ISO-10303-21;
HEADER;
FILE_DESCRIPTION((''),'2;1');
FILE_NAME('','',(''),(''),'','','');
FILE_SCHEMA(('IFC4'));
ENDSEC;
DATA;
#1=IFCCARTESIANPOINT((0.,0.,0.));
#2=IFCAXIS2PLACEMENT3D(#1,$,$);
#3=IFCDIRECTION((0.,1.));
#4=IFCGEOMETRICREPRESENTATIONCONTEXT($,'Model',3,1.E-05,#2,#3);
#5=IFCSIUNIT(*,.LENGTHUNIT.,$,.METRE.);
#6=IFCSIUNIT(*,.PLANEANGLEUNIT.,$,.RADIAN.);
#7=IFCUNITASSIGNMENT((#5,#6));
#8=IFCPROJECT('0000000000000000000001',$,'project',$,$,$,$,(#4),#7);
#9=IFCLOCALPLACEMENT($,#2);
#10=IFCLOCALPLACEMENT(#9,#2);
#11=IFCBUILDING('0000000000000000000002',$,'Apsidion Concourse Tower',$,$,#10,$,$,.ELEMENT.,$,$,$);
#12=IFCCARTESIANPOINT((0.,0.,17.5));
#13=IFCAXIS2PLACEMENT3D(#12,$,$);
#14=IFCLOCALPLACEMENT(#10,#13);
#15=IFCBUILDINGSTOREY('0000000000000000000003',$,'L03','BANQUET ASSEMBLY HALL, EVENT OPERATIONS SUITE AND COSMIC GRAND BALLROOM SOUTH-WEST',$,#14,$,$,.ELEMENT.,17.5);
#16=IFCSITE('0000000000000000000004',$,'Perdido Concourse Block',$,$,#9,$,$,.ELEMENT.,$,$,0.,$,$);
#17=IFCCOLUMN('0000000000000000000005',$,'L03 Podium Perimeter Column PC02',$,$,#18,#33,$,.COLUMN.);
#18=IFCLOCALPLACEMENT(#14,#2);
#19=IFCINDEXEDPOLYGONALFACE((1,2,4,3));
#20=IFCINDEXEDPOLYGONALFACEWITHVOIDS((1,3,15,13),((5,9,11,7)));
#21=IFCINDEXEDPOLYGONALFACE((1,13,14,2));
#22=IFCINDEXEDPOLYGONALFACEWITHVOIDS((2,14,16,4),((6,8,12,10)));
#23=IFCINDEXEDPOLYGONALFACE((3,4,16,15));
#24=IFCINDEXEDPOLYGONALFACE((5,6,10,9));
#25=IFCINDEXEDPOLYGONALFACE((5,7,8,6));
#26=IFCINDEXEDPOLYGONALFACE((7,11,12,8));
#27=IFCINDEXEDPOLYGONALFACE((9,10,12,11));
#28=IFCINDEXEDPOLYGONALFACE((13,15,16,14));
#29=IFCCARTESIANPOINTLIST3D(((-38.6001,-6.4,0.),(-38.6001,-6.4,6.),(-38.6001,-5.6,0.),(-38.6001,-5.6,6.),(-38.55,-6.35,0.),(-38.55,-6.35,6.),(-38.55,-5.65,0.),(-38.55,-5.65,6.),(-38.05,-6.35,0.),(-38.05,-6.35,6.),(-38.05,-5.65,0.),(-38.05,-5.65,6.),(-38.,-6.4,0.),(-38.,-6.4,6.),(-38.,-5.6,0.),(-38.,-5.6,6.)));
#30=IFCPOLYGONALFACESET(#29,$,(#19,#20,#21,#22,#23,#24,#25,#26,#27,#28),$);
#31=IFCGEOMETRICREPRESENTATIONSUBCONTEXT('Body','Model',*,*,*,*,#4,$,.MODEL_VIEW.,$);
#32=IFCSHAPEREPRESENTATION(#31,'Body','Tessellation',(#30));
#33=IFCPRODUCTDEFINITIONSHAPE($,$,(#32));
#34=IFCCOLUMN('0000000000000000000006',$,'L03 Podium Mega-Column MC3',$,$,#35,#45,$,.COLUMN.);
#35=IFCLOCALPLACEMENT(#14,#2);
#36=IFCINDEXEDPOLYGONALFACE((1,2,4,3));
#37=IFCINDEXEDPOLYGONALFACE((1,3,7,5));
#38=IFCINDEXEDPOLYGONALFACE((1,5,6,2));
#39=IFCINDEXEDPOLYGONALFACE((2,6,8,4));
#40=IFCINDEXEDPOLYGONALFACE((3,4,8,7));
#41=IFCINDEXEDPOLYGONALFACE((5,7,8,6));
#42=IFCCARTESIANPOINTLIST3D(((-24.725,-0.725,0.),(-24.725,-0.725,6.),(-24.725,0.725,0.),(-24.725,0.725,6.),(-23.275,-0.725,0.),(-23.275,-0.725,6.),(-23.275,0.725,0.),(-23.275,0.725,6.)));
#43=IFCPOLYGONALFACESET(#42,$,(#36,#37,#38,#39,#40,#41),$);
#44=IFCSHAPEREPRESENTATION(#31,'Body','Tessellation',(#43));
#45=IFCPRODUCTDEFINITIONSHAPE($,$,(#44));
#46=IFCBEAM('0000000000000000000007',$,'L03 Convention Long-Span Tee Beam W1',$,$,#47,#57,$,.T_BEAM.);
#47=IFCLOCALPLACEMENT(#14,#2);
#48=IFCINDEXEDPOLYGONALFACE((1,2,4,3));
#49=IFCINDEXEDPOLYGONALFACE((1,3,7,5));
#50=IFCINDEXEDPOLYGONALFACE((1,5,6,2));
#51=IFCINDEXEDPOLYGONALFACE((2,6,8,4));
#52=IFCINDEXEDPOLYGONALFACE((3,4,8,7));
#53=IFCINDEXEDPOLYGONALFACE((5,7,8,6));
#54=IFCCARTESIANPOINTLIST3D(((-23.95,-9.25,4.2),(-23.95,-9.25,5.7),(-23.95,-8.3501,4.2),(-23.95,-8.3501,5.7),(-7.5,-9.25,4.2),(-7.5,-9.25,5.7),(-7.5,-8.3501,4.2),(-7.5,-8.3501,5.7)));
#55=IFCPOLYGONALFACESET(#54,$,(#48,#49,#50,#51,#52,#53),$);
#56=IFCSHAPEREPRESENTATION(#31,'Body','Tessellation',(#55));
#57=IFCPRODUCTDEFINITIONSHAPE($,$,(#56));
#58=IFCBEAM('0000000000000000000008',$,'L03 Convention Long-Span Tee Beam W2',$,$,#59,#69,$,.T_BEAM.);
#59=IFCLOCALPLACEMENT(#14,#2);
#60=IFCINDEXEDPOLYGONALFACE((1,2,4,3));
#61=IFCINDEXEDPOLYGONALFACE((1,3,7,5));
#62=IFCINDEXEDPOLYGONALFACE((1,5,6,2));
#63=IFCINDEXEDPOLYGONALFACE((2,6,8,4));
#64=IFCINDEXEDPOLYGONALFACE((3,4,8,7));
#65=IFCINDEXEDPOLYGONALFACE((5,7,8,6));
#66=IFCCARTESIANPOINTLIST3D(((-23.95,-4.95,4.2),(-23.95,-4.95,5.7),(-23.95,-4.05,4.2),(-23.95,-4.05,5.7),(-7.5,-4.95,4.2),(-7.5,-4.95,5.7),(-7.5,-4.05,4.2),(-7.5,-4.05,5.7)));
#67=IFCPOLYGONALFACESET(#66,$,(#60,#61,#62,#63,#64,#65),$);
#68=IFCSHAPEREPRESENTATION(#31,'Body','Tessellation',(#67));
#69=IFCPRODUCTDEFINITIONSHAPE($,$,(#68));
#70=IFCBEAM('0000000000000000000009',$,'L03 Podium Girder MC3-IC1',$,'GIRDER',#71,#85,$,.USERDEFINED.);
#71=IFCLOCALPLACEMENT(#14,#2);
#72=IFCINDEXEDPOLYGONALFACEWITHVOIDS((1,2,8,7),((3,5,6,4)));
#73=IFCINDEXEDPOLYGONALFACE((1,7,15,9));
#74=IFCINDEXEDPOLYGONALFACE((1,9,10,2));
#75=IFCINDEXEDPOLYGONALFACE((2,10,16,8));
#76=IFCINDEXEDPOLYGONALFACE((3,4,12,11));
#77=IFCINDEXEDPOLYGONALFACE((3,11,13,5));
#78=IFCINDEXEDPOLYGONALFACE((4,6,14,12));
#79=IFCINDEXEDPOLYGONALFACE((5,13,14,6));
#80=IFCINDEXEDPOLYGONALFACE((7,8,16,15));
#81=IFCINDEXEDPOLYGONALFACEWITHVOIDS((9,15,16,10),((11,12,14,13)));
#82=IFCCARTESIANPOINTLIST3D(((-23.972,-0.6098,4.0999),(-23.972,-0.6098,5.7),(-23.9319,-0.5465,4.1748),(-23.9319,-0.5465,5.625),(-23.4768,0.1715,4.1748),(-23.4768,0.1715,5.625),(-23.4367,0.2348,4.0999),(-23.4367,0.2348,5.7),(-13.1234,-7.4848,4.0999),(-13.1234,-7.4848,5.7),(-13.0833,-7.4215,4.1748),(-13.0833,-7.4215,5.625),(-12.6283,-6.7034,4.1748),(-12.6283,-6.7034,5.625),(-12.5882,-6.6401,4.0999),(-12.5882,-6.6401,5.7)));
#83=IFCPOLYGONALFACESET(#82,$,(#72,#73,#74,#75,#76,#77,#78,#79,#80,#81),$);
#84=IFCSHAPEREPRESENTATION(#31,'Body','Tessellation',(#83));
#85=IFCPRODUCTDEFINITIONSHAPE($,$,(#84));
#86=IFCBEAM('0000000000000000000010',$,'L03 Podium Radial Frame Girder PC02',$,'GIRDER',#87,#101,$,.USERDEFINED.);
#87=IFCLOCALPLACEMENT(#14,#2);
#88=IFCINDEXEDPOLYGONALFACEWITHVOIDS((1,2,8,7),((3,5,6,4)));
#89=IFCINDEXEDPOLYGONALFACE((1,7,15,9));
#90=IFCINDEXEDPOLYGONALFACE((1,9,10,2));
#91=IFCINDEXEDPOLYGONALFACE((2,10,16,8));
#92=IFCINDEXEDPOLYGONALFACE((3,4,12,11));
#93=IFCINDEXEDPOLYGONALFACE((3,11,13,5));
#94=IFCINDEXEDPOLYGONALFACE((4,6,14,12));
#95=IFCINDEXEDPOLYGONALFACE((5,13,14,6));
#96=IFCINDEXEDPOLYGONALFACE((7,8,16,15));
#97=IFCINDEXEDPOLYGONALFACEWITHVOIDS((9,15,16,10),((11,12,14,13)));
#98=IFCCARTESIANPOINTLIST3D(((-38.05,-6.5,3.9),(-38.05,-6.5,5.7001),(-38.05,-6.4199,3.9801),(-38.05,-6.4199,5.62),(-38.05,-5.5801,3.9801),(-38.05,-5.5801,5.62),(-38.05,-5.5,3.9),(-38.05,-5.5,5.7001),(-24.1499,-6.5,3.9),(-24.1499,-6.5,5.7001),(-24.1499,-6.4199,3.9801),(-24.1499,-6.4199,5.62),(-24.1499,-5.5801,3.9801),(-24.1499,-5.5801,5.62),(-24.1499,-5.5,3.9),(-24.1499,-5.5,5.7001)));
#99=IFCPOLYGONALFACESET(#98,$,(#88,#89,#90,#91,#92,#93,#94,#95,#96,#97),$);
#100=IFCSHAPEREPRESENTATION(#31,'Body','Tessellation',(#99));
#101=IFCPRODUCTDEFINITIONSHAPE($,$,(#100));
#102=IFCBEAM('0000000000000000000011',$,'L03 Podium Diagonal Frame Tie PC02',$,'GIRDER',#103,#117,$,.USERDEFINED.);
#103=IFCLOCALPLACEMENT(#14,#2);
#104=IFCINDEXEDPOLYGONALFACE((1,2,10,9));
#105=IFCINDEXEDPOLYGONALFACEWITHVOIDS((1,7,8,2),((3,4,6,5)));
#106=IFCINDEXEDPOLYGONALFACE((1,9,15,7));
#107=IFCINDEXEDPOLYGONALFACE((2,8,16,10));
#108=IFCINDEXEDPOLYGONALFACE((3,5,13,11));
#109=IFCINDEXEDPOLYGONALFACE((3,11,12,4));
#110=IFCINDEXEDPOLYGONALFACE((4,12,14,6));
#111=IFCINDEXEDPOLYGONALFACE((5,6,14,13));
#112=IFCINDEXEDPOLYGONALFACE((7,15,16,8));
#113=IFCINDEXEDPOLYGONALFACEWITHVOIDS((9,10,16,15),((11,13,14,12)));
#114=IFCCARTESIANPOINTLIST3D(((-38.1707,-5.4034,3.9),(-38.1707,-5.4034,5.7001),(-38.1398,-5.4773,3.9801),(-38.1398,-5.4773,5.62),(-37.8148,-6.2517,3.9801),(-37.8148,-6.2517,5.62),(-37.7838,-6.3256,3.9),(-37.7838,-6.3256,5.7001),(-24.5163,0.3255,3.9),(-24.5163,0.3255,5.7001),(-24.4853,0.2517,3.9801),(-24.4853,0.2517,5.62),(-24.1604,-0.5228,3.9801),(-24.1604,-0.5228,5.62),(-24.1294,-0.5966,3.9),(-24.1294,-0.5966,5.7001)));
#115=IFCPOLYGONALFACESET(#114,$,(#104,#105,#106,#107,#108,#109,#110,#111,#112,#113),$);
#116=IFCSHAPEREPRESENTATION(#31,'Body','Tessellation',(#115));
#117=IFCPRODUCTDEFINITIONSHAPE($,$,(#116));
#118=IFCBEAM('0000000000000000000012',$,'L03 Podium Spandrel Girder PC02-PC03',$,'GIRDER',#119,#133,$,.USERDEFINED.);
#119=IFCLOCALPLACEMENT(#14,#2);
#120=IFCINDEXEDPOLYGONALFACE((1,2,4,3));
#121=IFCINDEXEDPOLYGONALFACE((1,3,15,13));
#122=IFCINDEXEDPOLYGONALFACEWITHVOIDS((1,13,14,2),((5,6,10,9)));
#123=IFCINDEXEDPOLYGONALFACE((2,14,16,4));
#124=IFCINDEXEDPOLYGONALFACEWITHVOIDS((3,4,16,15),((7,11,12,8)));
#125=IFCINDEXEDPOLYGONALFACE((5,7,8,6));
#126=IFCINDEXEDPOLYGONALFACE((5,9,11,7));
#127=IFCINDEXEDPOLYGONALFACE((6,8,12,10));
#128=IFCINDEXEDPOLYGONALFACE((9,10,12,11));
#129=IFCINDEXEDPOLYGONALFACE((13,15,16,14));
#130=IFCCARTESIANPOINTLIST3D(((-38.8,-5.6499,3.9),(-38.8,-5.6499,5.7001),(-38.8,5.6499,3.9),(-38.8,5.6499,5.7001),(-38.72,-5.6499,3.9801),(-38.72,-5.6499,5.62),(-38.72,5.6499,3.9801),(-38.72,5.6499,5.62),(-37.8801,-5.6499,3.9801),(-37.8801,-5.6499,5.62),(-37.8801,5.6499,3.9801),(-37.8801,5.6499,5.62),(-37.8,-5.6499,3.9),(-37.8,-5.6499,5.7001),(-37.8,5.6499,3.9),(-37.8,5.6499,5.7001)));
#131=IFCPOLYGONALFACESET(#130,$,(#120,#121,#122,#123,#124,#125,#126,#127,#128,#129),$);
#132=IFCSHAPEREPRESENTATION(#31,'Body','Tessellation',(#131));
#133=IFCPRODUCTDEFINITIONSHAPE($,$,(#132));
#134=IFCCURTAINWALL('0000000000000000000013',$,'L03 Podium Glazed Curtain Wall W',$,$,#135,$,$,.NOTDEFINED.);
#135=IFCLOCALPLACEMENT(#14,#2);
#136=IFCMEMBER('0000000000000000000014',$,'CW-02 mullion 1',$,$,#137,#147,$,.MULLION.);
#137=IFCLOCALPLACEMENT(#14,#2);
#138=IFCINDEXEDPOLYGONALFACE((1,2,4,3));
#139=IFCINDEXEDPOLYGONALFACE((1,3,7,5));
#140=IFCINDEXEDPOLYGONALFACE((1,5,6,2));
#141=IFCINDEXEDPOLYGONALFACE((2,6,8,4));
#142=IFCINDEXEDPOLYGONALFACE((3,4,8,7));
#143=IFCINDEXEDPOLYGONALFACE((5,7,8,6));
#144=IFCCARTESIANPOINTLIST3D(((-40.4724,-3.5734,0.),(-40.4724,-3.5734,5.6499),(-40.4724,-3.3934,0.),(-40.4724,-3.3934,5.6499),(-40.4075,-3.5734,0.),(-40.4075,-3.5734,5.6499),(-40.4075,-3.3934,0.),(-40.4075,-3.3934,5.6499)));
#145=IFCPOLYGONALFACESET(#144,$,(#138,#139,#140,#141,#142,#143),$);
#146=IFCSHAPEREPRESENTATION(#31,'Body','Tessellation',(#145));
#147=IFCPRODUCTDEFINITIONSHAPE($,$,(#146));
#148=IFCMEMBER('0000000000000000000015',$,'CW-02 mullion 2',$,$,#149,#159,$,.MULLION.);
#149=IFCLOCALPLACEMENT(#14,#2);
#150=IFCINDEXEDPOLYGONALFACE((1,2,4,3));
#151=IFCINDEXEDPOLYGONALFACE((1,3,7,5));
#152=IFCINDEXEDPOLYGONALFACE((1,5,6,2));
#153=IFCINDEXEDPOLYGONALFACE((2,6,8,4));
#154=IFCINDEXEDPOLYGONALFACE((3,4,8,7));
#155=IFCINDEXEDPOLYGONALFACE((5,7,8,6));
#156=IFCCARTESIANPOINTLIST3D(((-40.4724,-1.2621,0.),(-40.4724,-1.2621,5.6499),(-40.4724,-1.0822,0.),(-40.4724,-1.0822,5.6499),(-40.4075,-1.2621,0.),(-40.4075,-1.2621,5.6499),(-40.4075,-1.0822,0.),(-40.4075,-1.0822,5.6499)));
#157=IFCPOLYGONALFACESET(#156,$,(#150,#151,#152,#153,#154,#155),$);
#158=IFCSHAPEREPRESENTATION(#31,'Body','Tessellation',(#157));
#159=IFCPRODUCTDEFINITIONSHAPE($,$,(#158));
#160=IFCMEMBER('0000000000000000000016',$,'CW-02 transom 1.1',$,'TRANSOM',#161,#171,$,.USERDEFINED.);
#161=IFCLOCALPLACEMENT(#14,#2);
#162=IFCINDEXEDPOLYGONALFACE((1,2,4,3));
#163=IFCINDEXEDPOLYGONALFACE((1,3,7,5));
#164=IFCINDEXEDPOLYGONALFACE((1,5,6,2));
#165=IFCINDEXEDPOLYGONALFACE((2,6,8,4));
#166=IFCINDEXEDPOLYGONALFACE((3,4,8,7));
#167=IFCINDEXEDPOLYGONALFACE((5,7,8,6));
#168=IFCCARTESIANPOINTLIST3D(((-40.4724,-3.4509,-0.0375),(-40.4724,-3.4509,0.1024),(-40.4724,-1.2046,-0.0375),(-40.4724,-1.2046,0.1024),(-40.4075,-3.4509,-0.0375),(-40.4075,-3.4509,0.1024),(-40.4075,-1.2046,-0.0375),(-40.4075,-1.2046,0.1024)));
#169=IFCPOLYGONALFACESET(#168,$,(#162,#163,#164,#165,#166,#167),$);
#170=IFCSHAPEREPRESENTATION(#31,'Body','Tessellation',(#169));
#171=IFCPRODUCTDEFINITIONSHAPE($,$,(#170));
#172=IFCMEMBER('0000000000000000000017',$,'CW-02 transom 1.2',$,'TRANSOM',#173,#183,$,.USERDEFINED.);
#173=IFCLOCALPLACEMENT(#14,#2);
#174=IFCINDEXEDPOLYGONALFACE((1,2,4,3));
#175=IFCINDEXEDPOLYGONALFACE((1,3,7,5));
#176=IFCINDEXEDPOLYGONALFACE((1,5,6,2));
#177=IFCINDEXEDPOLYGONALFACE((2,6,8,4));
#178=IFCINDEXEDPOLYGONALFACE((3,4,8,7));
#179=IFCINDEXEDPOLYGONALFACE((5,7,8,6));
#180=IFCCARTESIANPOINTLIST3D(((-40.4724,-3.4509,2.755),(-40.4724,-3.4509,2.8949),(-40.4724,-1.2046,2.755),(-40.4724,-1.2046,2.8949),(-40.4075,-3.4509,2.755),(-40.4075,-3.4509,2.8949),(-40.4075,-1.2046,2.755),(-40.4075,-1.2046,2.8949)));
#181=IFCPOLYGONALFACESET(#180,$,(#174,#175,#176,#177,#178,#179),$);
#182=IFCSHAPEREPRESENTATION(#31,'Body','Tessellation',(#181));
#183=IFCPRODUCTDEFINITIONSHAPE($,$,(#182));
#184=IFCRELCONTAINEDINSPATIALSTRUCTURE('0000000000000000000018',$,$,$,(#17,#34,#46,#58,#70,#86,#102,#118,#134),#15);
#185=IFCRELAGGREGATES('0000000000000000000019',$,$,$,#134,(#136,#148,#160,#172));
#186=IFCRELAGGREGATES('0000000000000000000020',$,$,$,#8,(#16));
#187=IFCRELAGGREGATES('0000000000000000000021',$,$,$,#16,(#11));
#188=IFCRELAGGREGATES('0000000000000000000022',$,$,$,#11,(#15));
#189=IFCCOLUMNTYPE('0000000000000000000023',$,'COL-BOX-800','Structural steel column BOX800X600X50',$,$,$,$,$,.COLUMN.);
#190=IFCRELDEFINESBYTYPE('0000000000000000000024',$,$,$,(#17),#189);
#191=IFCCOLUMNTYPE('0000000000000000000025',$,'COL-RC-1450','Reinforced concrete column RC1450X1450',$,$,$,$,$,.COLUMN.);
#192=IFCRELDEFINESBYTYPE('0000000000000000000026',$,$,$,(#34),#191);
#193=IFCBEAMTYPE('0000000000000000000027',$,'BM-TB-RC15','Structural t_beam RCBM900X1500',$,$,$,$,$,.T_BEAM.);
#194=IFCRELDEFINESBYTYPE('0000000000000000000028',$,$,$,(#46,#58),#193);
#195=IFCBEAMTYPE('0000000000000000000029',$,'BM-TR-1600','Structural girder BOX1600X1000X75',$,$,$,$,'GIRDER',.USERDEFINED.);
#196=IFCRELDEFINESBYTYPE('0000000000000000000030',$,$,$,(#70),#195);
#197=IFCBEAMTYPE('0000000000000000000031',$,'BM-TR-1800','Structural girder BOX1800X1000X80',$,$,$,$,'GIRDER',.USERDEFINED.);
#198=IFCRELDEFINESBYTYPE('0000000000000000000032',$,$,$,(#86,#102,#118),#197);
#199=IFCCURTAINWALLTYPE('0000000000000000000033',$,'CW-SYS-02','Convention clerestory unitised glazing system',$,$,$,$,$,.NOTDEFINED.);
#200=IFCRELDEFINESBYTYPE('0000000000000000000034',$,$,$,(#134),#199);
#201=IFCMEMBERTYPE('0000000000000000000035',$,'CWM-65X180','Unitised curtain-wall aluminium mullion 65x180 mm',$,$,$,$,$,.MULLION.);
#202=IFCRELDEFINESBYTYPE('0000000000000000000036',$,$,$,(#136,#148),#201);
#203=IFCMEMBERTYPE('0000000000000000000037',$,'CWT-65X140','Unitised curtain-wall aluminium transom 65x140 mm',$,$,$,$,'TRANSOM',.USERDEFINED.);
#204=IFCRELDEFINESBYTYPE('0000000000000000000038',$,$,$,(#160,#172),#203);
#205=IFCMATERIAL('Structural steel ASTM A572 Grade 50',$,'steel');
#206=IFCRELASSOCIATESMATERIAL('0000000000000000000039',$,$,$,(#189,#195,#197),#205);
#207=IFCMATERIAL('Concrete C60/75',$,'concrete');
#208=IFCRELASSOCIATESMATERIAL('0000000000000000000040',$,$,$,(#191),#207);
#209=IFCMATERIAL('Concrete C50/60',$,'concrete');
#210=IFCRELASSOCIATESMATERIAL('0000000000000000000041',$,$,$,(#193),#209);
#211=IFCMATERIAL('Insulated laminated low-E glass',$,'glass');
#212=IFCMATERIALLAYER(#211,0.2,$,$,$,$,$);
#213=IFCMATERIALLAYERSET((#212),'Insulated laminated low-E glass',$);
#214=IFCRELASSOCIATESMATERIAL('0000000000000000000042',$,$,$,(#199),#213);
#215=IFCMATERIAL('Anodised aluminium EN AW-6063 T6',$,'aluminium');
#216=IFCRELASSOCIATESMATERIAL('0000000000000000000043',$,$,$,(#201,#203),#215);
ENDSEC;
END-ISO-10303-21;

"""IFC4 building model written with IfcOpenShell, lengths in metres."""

from ifc_helpers import new_model, si_unit, direction, frame, origin, origin_2d, place, context, subcontext, project, spatial, rectangle, hollow_rectangle, extrude, material, layer, layer_set, material_profile, profile_set, type_object, element, aggregate, save


model = new_model("IFC4")

# Units and contexts
model_context = context("Model", 3, precision=1e-05, world=origin(), true_north=direction((0.0, 1.0)))
body_context = subcontext(model_context, "Body", "Model", "MODEL_VIEW")
ifc_project = project(units=[si_unit("LENGTHUNIT", "METRE"), si_unit("PLANEANGLEUNIT", "RADIAN")], contexts=[model_context])

# Site, building, storey
site_placement = place(None, origin())
site = spatial("IfcSite", under=ifc_project, at=site_placement, Name="Perdido Concourse Block", CompositionType="ELEMENT", RefElevation=0.0)
building_placement = place(site_placement, origin())
building = spatial("IfcBuilding", under=site, at=building_placement, Name="Apsidion Concourse Tower", CompositionType="ELEMENT")
storey_placement = place(building_placement, frame((0.0, 0.0, 17.5)))
storey = spatial("IfcBuildingStorey", under=building, at=storey_placement, Name="L03", Description="BANQUET ASSEMBLY HALL, EVENT OPERATIONS SUITE AND COSMIC GRAND BALLROOM SOUTH-WEST", CompositionType="ELEMENT", Elevation=17.5)

# Columns
ifc_material_1 = material(Name="Structural steel ASTM A572 Grade 50", Category="steel")
ifc_material_profile_1 = material_profile(ifc_material_1, hollow_rectangle(XDim=0.6001, YDim=0.8, WallThickness=0.05, at=origin_2d()), Name="BOX800X600X50")
ifc_profile_set_1 = profile_set([ifc_material_profile_1], Name="Structural steel ASTM A572 Grade 50")
column_type_1 = type_object("IfcColumnType", Name="COL-BOX-800", Description="Structural steel column BOX800X600X50", PredefinedType="COLUMN", material=ifc_profile_set_1)
column_1_placement = place(storey_placement, frame((-38.3, -6.0, 0.0), z_axis=(0.0, 0.0, 1.0), x_axis=(1.0, 0.0, 0.0)))
element("IfcColumn", 1, at=column_1_placement, inside=storey, type_object=column_type_1, Name="L03 Podium Perimeter Column PC02", PredefinedType="COLUMN", context=body_context, shape_type="SweptSolid", body=[
    extrude(hollow_rectangle(XDim=0.6001, YDim=0.8, WallThickness=0.05, at=origin_2d()), origin(), (0.0, 0.0, 1.0), 6.0),
])
ifc_material_2 = material(Name="Concrete C60/75", Category="concrete")
ifc_material_profile_2 = material_profile(ifc_material_2, rectangle(XDim=1.45, YDim=1.45, at=origin_2d()), Name="RC 1450x1450")
ifc_profile_set_2 = profile_set([ifc_material_profile_2], Name="Concrete C60/75")
column_type_2 = type_object("IfcColumnType", Name="COL-RC-1450", Description="Reinforced concrete column RC1450X1450", PredefinedType="COLUMN", material=ifc_profile_set_2)
column_2_placement = place(storey_placement, frame((-24.0, 0.0, 0.0), z_axis=(0.0, 0.0, 1.0), x_axis=(1.0, 0.0, 0.0)))
element("IfcColumn", 2, at=column_2_placement, inside=storey, type_object=column_type_2, Name="L03 Podium Mega-Column MC3", PredefinedType="COLUMN", context=body_context, shape_type="SweptSolid", body=[
    extrude(rectangle(XDim=1.45, YDim=1.45, at=origin_2d()), origin(), (0.0, 0.0, 1.0), 6.0),
])

# Beams
ifc_material_3 = material(Name="Concrete C50/60", Category="concrete")
ifc_material_profile_3 = material_profile(ifc_material_3, rectangle(XDim=0.8999, YDim=1.5, at=origin_2d()), Name="RC 900x1500")
ifc_profile_set_3 = profile_set([ifc_material_profile_3], Name="Concrete C50/60")
beam_type_1 = type_object("IfcBeamType", Name="BM-TB-RC15", Description="Structural t_beam RCBM900X1500", PredefinedType="T_BEAM", material=ifc_profile_set_3)
for number, where, z_axis, x_axis, name in (
    (3, (-23.95, -8.8, 4.95), (1.0, 0.0, 0.0), (0.0, 1.0, 0.0), "L03 Convention Long-Span Tee Beam W1"),
    (4, (-23.95, -4.5, 4.95), (1.0, 0.0, 0.0), (0.0, 1.0, 0.0), "L03 Convention Long-Span Tee Beam W2"),
):
    element("IfcBeam", number, at=place(storey_placement, frame(where, z_axis=z_axis, x_axis=x_axis)), inside=storey, type_object=beam_type_1, Name=name, PredefinedType="T_BEAM", context=body_context, shape_type="SweptSolid", body=[
        extrude(rectangle(XDim=0.8999, YDim=1.5, at=origin_2d()), origin(), (0.0, 0.0, 1.0), 16.45),
    ])
ifc_material_profile_4 = material_profile(ifc_material_1, hollow_rectangle(XDim=1.0, YDim=1.6001, WallThickness=0.075, at=origin_2d()), Name="BOX1600X1000X75")
ifc_profile_set_4 = profile_set([ifc_material_profile_4], Name="Structural steel ASTM A572 Grade 50")
beam_type_2 = type_object("IfcBeamType", Name="BM-TR-1600", Description="Structural girder BOX1600X1000X75", ElementType="GIRDER", PredefinedType="USERDEFINED", material=ifc_profile_set_4)
beam_1_placement = place(storey_placement, frame((-23.7043, -0.1875, 4.8999), z_axis=(0.844671, -0.535285, 0.0), x_axis=(0.535285, 0.844671, 0.0)))
element("IfcBeam", 5, at=beam_1_placement, inside=storey, type_object=beam_type_2, Name="L03 Podium Girder MC3-IC1", ObjectType="GIRDER", PredefinedType="USERDEFINED", context=body_context, shape_type="SweptSolid", body=[
    extrude(hollow_rectangle(XDim=1.0, YDim=1.6001, WallThickness=0.075, at=origin_2d()), origin(), (0.0, 0.0, 1.0), 12.8435),
])
ifc_material_profile_5 = material_profile(ifc_material_1, hollow_rectangle(XDim=1.0, YDim=1.8, WallThickness=0.0801, at=origin_2d()), Name="BOX1800X1000X80")
ifc_profile_set_5 = profile_set([ifc_material_profile_5], Name="Structural steel ASTM A572 Grade 50")
beam_type_3 = type_object("IfcBeamType", Name="BM-TR-1800", Description="Structural girder BOX1800X1000X80", ElementType="GIRDER", PredefinedType="USERDEFINED", material=ifc_profile_set_5)
beam_2_placement = place(storey_placement, frame((-38.05, -6.0, 4.8), z_axis=(1.0, 0.0, 0.0), x_axis=(0.0, 1.0, 0.0)))
element("IfcBeam", 6, at=beam_2_placement, inside=storey, type_object=beam_type_3, Name="L03 Podium Radial Frame Girder PC02", ObjectType="GIRDER", PredefinedType="USERDEFINED", context=body_context, shape_type="SweptSolid", body=[
    extrude(hollow_rectangle(XDim=1.0, YDim=1.8, WallThickness=0.0801, at=origin_2d()), origin(), (0.0, 0.0, 1.0), 13.9001),
])
beam_3_placement = place(storey_placement, frame((-37.9773, -5.8645, 4.8), z_axis=(0.922124, 0.386894, 0.0), x_axis=(-0.386894, 0.922124, 0.0)))
element("IfcBeam", 7, at=beam_3_placement, inside=storey, type_object=beam_type_3, Name="L03 Podium Diagonal Frame Tie PC02", ObjectType="GIRDER", PredefinedType="USERDEFINED", context=body_context, shape_type="SweptSolid", body=[
    extrude(hollow_rectangle(XDim=1.0, YDim=1.8, WallThickness=0.0801, at=origin_2d()), origin(), (0.0, 0.0, 1.0), 14.8076),
])
beam_4_placement = place(storey_placement, frame((-38.3, -5.6499, 4.8), z_axis=(0.0, 1.0, 0.0), x_axis=(-1.0, 0.0, 0.0)))
element("IfcBeam", 8, at=beam_4_placement, inside=storey, type_object=beam_type_3, Name="L03 Podium Spandrel Girder PC02-PC03", ObjectType="GIRDER", PredefinedType="USERDEFINED", context=body_context, shape_type="SweptSolid", body=[
    extrude(hollow_rectangle(XDim=1.0, YDim=1.8, WallThickness=0.0801, at=origin_2d()), origin(), (0.0, 0.0, 1.0), 11.2998),
])

# Curtain wall, members
ifc_material_4 = material(Name="Insulated laminated low-E glass", Category="glass")
ifc_layer_1 = layer(ifc_material_4, 0.2)
ifc_layer_set_1 = layer_set([ifc_layer_1], Name="Insulated laminated low-E glass")
curtain_wall_type = type_object("IfcCurtainWallType", Name="CW-SYS-02", Description="Convention clerestory unitised glazing system", PredefinedType="NOTDEFINED", material=ifc_layer_set_1)
curtain_wall_placement = place(storey_placement, origin())
curtain_wall = element("IfcCurtainWall", 9, at=curtain_wall_placement, inside=storey, type_object=curtain_wall_type, Name="L03 Podium Glazed Curtain Wall W", PredefinedType="NOTDEFINED")
ifc_material_5 = material(Name="Anodised aluminium EN AW-6063 T6", Category="aluminium")
ifc_material_profile_6 = material_profile(ifc_material_5, rectangle(XDim=0.0649, YDim=0.1799, at=origin_2d()), Name="ALU MULLION 65x180")
ifc_profile_set_6 = profile_set([ifc_material_profile_6], Name="Anodised aluminium EN AW-6063 T6")
member_type_1 = type_object("IfcMemberType", Name="CWM-65X180", Description="Unitised curtain-wall aluminium mullion 65x180 mm", PredefinedType="MULLION", material=ifc_profile_set_6)
member_1_placement = place(storey_placement, frame((-40.4399, -3.4834, 0.0), z_axis=(0.0, 0.0, 1.0), x_axis=(-1.0, 0.0, 0.0)))
member_1 = element("IfcMember", 10, at=member_1_placement, type_object=member_type_1, Name="CW-02 mullion 1", PredefinedType="MULLION", context=body_context, shape_type="SweptSolid", body=[
    extrude(rectangle(XDim=0.0649, YDim=0.1799, at=origin_2d()), origin(), (0.0, 0.0, 1.0), 5.6499),
])
member_2_placement = place(storey_placement, frame((-40.4399, -1.1721, 0.0), z_axis=(0.0, 0.0, 1.0), x_axis=(-1.0, 0.0, 0.0)))
member_2 = element("IfcMember", 11, at=member_2_placement, type_object=member_type_1, Name="CW-02 mullion 2", PredefinedType="MULLION", context=body_context, shape_type="SweptSolid", body=[
    extrude(rectangle(XDim=0.0649, YDim=0.1799, at=origin_2d()), origin(), (0.0, 0.0, 1.0), 5.6499),
])
ifc_material_profile_7 = material_profile(ifc_material_5, rectangle(XDim=0.0649, YDim=0.1399, at=origin_2d()), Name="ALU TRANSOM 65x140")
ifc_profile_set_7 = profile_set([ifc_material_profile_7], Name="Anodised aluminium EN AW-6063 T6")
member_type_2 = type_object("IfcMemberType", Name="CWT-65X140", Description="Unitised curtain-wall aluminium transom 65x140 mm", ElementType="TRANSOM", PredefinedType="USERDEFINED", material=ifc_profile_set_7)
member_3_placement = place(storey_placement, frame((-40.4399, -3.4509, 0.0325), z_axis=(0.0, 1.0, 0.0), x_axis=(-1.0, 0.0, 0.0)))
member_3 = element("IfcMember", 12, at=member_3_placement, type_object=member_type_2, Name="CW-02 transom 1.1", ObjectType="TRANSOM", PredefinedType="USERDEFINED", context=body_context, shape_type="SweptSolid", body=[
    extrude(rectangle(XDim=0.0649, YDim=0.1399, at=origin_2d()), origin(), (0.0, 0.0, 1.0), 2.2463),
])
member_4_placement = place(storey_placement, frame((-40.4399, -3.4509, 2.825), z_axis=(0.0, 1.0, 0.0), x_axis=(-1.0, 0.0, 0.0)))
member_4 = element("IfcMember", 13, at=member_4_placement, type_object=member_type_2, Name="CW-02 transom 1.2", ObjectType="TRANSOM", PredefinedType="USERDEFINED", context=body_context, shape_type="SweptSolid", body=[
    extrude(rectangle(XDim=0.0649, YDim=0.1399, at=origin_2d()), origin(), (0.0, 0.0, 1.0), 2.2463),
])
aggregate(curtain_wall, [member_1, member_2, member_3, member_4])

save(model, "model.ifc")
